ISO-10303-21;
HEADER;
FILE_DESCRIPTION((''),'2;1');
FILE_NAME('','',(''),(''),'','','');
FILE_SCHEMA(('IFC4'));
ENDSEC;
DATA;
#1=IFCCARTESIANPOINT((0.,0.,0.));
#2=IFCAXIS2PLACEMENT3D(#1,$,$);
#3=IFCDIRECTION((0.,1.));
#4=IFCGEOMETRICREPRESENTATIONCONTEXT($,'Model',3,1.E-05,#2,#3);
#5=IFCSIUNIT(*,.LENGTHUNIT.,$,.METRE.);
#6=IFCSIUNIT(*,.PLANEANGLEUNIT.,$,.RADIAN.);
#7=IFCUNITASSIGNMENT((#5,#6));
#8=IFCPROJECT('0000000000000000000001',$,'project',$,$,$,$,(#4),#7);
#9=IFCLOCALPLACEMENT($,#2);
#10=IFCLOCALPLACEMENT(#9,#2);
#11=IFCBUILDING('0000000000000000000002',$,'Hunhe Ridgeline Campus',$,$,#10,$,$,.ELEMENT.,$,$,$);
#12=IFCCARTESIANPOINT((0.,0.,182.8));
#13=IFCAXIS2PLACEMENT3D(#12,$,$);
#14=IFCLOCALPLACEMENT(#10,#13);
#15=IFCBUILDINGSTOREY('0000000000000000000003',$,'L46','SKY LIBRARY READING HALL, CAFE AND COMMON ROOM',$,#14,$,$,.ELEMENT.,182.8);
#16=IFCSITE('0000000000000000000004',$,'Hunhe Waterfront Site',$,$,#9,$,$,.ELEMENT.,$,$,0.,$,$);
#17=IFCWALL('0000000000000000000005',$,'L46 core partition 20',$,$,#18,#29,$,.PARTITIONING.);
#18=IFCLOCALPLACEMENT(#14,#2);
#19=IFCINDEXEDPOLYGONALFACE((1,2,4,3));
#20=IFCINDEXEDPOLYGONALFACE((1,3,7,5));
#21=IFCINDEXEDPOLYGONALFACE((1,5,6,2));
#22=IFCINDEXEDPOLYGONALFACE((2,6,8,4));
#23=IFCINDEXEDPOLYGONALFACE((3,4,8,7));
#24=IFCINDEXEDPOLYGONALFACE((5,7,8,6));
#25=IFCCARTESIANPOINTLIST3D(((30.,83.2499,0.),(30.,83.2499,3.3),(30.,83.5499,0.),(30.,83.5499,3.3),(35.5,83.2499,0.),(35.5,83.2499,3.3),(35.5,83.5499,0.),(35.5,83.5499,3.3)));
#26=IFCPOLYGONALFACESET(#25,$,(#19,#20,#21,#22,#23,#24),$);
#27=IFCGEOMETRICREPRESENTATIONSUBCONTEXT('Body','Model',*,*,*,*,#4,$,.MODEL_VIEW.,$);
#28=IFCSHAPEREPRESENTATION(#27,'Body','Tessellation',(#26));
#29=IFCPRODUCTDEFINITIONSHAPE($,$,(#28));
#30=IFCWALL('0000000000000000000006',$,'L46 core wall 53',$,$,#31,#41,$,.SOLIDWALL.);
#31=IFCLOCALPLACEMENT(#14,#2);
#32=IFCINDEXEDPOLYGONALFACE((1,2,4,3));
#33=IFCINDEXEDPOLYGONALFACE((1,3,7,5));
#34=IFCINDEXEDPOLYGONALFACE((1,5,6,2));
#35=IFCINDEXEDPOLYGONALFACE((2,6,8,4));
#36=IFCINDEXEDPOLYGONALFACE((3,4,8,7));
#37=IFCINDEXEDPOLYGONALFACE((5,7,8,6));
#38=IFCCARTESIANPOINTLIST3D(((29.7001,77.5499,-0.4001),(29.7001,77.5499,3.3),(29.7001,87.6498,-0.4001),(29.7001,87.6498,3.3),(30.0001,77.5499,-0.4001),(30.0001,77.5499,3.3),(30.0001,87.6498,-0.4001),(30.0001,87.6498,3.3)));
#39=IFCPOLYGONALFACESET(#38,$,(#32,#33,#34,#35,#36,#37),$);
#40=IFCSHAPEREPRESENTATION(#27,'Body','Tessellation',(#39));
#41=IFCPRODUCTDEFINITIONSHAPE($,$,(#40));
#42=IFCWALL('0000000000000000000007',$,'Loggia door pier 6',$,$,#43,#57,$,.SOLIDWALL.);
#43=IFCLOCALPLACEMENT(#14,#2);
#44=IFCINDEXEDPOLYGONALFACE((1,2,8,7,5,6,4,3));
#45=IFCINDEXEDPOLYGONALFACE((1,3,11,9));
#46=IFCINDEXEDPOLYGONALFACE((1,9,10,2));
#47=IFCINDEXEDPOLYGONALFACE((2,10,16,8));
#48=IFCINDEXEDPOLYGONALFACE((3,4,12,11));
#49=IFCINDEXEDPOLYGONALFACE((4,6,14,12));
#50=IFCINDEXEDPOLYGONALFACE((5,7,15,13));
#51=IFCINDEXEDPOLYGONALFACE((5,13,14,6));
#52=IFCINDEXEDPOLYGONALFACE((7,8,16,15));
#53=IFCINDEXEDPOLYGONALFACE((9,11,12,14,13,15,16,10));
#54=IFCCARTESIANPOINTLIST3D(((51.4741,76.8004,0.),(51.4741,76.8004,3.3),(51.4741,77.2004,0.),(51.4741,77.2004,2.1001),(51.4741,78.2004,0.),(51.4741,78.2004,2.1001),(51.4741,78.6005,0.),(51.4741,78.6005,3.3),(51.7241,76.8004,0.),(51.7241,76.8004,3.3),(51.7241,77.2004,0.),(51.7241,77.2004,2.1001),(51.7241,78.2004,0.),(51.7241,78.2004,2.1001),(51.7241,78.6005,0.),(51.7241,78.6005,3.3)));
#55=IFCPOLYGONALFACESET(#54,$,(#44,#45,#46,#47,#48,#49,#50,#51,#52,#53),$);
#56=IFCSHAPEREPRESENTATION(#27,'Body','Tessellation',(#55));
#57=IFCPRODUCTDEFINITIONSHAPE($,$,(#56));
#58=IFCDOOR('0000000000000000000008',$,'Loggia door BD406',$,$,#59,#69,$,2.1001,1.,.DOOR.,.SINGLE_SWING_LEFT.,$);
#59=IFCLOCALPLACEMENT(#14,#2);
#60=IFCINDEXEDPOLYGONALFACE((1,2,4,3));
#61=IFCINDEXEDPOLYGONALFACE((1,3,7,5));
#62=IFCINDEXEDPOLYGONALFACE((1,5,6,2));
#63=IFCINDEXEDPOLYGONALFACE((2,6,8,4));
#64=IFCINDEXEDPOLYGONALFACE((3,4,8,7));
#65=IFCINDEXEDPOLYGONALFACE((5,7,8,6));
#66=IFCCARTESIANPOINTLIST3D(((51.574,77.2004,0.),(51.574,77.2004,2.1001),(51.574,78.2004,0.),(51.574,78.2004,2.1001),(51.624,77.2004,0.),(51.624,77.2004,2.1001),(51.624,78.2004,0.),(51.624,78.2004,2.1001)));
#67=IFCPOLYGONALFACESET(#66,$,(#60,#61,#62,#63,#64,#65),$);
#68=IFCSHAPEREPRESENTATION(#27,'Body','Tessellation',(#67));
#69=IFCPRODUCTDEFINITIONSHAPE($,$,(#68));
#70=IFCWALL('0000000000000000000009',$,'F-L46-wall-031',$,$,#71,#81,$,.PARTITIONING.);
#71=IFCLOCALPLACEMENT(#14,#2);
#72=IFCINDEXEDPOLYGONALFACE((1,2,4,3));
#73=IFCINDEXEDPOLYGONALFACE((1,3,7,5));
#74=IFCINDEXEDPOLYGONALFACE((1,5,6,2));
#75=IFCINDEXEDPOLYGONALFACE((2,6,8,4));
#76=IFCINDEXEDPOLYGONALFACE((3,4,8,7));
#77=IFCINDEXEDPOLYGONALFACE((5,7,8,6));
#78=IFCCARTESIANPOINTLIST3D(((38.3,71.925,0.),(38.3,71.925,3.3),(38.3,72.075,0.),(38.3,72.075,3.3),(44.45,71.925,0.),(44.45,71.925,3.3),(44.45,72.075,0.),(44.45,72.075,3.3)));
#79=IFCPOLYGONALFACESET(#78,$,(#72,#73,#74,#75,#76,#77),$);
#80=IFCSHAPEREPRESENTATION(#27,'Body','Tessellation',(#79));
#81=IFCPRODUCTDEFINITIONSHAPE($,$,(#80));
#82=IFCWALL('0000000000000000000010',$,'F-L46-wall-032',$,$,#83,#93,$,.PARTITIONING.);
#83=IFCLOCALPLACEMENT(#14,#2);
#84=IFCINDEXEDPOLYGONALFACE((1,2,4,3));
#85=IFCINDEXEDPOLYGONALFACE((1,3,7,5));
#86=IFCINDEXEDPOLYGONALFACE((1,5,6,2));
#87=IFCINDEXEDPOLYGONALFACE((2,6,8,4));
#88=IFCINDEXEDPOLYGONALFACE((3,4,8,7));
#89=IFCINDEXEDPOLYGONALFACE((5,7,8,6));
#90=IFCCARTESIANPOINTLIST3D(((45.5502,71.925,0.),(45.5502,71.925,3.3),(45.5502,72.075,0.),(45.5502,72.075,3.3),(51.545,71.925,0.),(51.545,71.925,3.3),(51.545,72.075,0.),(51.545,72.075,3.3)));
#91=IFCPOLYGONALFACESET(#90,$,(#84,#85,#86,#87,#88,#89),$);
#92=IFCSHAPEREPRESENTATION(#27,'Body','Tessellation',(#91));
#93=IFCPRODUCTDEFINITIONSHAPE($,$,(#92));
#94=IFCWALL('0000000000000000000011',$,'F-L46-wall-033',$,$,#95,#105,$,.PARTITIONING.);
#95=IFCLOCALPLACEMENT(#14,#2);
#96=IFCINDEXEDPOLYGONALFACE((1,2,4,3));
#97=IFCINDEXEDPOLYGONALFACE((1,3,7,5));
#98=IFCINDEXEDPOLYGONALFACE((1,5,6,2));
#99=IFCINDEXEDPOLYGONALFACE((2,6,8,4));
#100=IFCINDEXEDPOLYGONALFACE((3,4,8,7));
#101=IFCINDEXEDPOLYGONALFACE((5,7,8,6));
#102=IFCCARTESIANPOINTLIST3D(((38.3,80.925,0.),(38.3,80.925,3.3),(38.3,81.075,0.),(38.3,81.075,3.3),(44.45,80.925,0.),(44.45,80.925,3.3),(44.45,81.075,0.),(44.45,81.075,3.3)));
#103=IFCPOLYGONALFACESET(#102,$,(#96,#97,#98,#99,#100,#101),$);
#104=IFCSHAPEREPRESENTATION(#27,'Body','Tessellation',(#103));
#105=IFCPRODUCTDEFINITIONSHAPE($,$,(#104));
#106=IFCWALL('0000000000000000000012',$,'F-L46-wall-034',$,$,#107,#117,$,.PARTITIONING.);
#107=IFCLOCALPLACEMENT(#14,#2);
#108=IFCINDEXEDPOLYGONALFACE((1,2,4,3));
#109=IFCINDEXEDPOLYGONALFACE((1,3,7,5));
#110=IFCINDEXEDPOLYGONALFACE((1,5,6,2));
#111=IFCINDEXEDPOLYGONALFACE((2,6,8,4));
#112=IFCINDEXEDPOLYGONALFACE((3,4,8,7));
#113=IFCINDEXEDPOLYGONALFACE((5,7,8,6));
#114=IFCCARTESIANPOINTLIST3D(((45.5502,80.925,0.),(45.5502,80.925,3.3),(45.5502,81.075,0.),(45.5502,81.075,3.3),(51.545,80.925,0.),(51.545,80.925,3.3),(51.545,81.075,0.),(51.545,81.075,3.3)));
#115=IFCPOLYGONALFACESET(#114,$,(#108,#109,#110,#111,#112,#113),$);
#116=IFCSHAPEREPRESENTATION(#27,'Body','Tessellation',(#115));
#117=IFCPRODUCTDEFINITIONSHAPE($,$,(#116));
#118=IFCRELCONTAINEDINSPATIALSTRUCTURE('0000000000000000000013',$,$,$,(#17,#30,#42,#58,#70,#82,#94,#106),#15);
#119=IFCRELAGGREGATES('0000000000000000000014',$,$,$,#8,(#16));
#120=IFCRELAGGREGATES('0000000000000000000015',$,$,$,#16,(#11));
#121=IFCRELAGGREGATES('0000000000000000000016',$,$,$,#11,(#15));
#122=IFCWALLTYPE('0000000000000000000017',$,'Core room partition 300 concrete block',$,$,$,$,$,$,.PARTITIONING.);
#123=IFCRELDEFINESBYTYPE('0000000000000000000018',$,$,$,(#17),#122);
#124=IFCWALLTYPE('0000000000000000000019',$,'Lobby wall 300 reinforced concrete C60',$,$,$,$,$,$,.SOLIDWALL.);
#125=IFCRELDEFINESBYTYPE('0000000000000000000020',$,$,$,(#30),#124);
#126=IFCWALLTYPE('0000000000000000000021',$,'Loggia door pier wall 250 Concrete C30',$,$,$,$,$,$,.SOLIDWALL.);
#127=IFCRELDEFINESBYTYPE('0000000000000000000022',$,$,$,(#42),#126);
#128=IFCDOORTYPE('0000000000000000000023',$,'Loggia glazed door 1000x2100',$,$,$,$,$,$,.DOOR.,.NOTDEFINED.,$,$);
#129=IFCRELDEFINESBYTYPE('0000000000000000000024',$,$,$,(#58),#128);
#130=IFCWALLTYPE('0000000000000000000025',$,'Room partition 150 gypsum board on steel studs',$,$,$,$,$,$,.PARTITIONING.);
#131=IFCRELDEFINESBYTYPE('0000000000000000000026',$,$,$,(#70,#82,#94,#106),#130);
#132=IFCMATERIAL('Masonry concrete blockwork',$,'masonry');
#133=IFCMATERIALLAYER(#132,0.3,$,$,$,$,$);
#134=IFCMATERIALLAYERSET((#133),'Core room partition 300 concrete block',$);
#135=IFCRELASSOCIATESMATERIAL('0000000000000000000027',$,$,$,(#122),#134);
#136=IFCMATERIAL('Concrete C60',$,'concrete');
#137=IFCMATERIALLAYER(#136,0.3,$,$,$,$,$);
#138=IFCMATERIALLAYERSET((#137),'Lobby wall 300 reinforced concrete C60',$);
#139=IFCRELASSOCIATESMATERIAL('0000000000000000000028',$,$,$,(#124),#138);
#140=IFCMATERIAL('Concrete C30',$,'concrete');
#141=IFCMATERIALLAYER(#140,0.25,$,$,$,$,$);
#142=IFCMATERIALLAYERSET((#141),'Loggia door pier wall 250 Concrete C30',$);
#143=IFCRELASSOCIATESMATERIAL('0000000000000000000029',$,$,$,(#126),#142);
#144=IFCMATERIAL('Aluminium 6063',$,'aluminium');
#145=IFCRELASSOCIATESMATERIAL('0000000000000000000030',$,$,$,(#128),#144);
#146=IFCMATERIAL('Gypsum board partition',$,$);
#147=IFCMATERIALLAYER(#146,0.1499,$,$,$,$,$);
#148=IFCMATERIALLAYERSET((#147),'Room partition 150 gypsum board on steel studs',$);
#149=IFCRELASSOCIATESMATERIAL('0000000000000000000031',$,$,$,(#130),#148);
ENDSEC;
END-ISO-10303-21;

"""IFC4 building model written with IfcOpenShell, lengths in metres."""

from ifc_helpers import new_model, si_unit, direction, frame, frame_2d, origin, place, context, subcontext, project, spatial, rectangle, extrude, material, layer, layer_set, type_object, element, fill, save


model = new_model("IFC4")

# Units and contexts
model_context = context("Model", 3, precision=1e-05, world=origin(), true_north=direction((0.0, 1.0)))
body_context = subcontext(model_context, "Body", "Model", "MODEL_VIEW")
ifc_project = project(units=[si_unit("LENGTHUNIT", "METRE"), si_unit("PLANEANGLEUNIT", "RADIAN")], contexts=[model_context])

# Site, building, storey
site_placement = place(None, origin())
site = spatial("IfcSite", under=ifc_project, at=site_placement, Name="Hunhe Waterfront Site", CompositionType="ELEMENT", RefElevation=0.0)
building_placement = place(site_placement, origin())
building = spatial("IfcBuilding", under=site, at=building_placement, Name="Hunhe Ridgeline Campus", CompositionType="ELEMENT")
storey_placement = place(building_placement, frame((0.0, 0.0, 182.8)))
storey = spatial("IfcBuildingStorey", under=building, at=storey_placement, Name="L46", Description="SKY LIBRARY READING HALL, CAFE AND COMMON ROOM", CompositionType="ELEMENT", Elevation=182.8)

# Shared definitions
ifc_material_1 = material(Name="Concrete C60", Category="concrete")

# Shared definitions
ifc_material_2 = material(Name="Aluminium 6063", Category="aluminium")

# Walls
ifc_material_3 = material(Name="Masonry concrete blockwork", Category="masonry")
ifc_layer_1 = layer(ifc_material_3, 0.3)
ifc_layer_set_1 = layer_set([ifc_layer_1], Name="Core room partition 300 concrete block")
wall_type_1 = type_object("IfcWallType", Name="Core room partition 300 concrete block", PredefinedType="PARTITIONING", material=ifc_layer_set_1)
wall_1_placement = place(storey_placement, frame((30.0, 83.3999, 0.0), z_axis=(0.0, 0.0, 1.0), x_axis=(1.0, 0.0, 0.0)))
element("IfcWall", 1, at=wall_1_placement, inside=storey, type_object=wall_type_1, Name="L46 core partition 20", PredefinedType="PARTITIONING", context=body_context, shape_type="SweptSolid", body=[
    extrude(rectangle(XDim=5.5, YDim=0.3, at=frame_2d((2.75, 0.0))), origin(), (0.0, 0.0, 1.0), 3.3),
])
ifc_layer_2 = layer(ifc_material_1, 0.3)
ifc_layer_set_2 = layer_set([ifc_layer_2], Name="Lobby wall 300 reinforced concrete C60")
wall_type_2 = type_object("IfcWallType", Name="Lobby wall 300 reinforced concrete C60", PredefinedType="SOLIDWALL", material=ifc_layer_set_2)
wall_2_placement = place(storey_placement, frame((29.8501, 77.55, -0.4001), z_axis=(0.0, 0.0, 1.0), x_axis=(0.0, 1.0, 0.0)))
element("IfcWall", 2, at=wall_2_placement, inside=storey, type_object=wall_type_2, Name="L46 core wall 53", PredefinedType="SOLIDWALL", context=body_context, shape_type="SweptSolid", body=[
    extrude(rectangle(XDim=10.0999, YDim=0.3, at=frame_2d((5.0498, 0.0))), origin(), (0.0, 0.0, 1.0), 3.7002),
])

# Wall, opening, door
ifc_material_4 = material(Name="Concrete C30", Category="concrete")
ifc_layer_3 = layer(ifc_material_4, 0.25)
ifc_layer_set_3 = layer_set([ifc_layer_3], Name="Loggia door pier wall 250 Concrete C30")
wall_type_3 = type_object("IfcWallType", Name="Loggia door pier wall 250 Concrete C30", PredefinedType="SOLIDWALL", material=ifc_layer_set_3)
wall_3_placement = place(storey_placement, frame((51.5991, 76.8005, 0.0), z_axis=(0.0, 0.0, 1.0), x_axis=(0.0, 1.0, 0.0)))
wall_3 = element("IfcWall", 3, at=wall_3_placement, inside=storey, type_object=wall_type_3, Name="Loggia door pier 6", PredefinedType="SOLIDWALL", context=body_context, shape_type="SweptSolid", body=[
    extrude(rectangle(XDim=1.8, YDim=0.25, at=frame_2d((0.8999, 0.0))), origin(), (0.0, 0.0, 1.0), 3.3),
])
opening_placement = place(wall_3_placement, frame((0.3999, 0.0, 0.0)))
opening = element("IfcOpeningElement", 4, at=opening_placement, cuts=wall_3, PredefinedType="OPENING", context=body_context, shape_type="SweptSolid", body=[
    extrude(rectangle(XDim=1.0, YDim=2.1001, at=frame_2d((0.5, 1.05))), frame((0.0, 0.125, 0.0), z_axis=(0.0, -1.0, 0.0), x_axis=(1.0, 0.0, 0.0)), (0.0, 0.0, 1.0), 0.25),
])
door_type = type_object("IfcDoorType", Name="Loggia glazed door 1000x2100", OperationType="NOTDEFINED", PredefinedType="DOOR", material=ifc_material_2)
door_placement = place(opening_placement, frame((1.0, 0.0, 0.0), z_axis=(0.0, 0.0, 1.0), x_axis=(-1.0, 0.0, 0.0)))
door = element("IfcDoor", 5, at=door_placement, inside=storey, type_object=door_type, Name="Loggia door BD406", OperationType="SINGLE_SWING_LEFT", OverallHeight=2.1001, OverallWidth=1.0, PredefinedType="DOOR", context=body_context, shape_type="SweptSolid", body=[
    extrude(rectangle(XDim=1.0, YDim=2.1001, at=frame_2d((0.5, 1.05))), frame((0.0, 0.0249, 0.0), z_axis=(0.0, -1.0, 0.0), x_axis=(1.0, 0.0, 0.0)), (0.0, 0.0, 1.0), 0.05),
])
fill(opening, door)

# Walls
ifc_material_5 = material(Name="Gypsum board partition")
ifc_layer_4 = layer(ifc_material_5, 0.1499)
ifc_layer_set_4 = layer_set([ifc_layer_4], Name="Room partition 150 gypsum board on steel studs")
wall_type_4 = type_object("IfcWallType", Name="Room partition 150 gypsum board on steel studs", PredefinedType="PARTITIONING", material=ifc_layer_set_4)
wall_4_placement = place(storey_placement, frame((38.3, 72.0, 0.0), z_axis=(0.0, 0.0, 1.0), x_axis=(1.0, 0.0, 0.0)))
element("IfcWall", 6, at=wall_4_placement, inside=storey, type_object=wall_type_4, Name="F-L46-wall-031", PredefinedType="PARTITIONING", context=body_context, shape_type="SweptSolid", body=[
    extrude(rectangle(XDim=6.1499, YDim=0.1499, at=frame_2d((3.075, 0.0))), origin(), (0.0, 0.0, 1.0), 3.3),
])
wall_5_placement = place(storey_placement, frame((45.55, 72.0, 0.0), z_axis=(0.0, 0.0, 1.0), x_axis=(1.0, 0.0, 0.0)))
element("IfcWall", 7, at=wall_5_placement, inside=storey, type_object=wall_type_4, Name="F-L46-wall-032", PredefinedType="PARTITIONING", context=body_context, shape_type="SweptSolid", body=[
    extrude(rectangle(XDim=5.9949, YDim=0.1499, at=frame_2d((2.9976, 0.0))), origin(), (0.0, 0.0, 1.0), 3.3),
])
wall_6_placement = place(storey_placement, frame((38.3, 81.0, 0.0), z_axis=(0.0, 0.0, 1.0), x_axis=(1.0, 0.0, 0.0)))
element("IfcWall", 8, at=wall_6_placement, inside=storey, type_object=wall_type_4, Name="F-L46-wall-033", PredefinedType="PARTITIONING", context=body_context, shape_type="SweptSolid", body=[
    extrude(rectangle(XDim=6.1499, YDim=0.1499, at=frame_2d((3.075, 0.0))), origin(), (0.0, 0.0, 1.0), 3.3),
])
wall_7_placement = place(storey_placement, frame((45.55, 81.0, 0.0), z_axis=(0.0, 0.0, 1.0), x_axis=(1.0, 0.0, 0.0)))
element("IfcWall", 9, at=wall_7_placement, inside=storey, type_object=wall_type_4, Name="F-L46-wall-034", PredefinedType="PARTITIONING", context=body_context, shape_type="SweptSolid", body=[
    extrude(rectangle(XDim=5.9949, YDim=0.1499, at=frame_2d((2.9976, 0.0))), origin(), (0.0, 0.0, 1.0), 3.3),
])

save(model, "model.ifc")
